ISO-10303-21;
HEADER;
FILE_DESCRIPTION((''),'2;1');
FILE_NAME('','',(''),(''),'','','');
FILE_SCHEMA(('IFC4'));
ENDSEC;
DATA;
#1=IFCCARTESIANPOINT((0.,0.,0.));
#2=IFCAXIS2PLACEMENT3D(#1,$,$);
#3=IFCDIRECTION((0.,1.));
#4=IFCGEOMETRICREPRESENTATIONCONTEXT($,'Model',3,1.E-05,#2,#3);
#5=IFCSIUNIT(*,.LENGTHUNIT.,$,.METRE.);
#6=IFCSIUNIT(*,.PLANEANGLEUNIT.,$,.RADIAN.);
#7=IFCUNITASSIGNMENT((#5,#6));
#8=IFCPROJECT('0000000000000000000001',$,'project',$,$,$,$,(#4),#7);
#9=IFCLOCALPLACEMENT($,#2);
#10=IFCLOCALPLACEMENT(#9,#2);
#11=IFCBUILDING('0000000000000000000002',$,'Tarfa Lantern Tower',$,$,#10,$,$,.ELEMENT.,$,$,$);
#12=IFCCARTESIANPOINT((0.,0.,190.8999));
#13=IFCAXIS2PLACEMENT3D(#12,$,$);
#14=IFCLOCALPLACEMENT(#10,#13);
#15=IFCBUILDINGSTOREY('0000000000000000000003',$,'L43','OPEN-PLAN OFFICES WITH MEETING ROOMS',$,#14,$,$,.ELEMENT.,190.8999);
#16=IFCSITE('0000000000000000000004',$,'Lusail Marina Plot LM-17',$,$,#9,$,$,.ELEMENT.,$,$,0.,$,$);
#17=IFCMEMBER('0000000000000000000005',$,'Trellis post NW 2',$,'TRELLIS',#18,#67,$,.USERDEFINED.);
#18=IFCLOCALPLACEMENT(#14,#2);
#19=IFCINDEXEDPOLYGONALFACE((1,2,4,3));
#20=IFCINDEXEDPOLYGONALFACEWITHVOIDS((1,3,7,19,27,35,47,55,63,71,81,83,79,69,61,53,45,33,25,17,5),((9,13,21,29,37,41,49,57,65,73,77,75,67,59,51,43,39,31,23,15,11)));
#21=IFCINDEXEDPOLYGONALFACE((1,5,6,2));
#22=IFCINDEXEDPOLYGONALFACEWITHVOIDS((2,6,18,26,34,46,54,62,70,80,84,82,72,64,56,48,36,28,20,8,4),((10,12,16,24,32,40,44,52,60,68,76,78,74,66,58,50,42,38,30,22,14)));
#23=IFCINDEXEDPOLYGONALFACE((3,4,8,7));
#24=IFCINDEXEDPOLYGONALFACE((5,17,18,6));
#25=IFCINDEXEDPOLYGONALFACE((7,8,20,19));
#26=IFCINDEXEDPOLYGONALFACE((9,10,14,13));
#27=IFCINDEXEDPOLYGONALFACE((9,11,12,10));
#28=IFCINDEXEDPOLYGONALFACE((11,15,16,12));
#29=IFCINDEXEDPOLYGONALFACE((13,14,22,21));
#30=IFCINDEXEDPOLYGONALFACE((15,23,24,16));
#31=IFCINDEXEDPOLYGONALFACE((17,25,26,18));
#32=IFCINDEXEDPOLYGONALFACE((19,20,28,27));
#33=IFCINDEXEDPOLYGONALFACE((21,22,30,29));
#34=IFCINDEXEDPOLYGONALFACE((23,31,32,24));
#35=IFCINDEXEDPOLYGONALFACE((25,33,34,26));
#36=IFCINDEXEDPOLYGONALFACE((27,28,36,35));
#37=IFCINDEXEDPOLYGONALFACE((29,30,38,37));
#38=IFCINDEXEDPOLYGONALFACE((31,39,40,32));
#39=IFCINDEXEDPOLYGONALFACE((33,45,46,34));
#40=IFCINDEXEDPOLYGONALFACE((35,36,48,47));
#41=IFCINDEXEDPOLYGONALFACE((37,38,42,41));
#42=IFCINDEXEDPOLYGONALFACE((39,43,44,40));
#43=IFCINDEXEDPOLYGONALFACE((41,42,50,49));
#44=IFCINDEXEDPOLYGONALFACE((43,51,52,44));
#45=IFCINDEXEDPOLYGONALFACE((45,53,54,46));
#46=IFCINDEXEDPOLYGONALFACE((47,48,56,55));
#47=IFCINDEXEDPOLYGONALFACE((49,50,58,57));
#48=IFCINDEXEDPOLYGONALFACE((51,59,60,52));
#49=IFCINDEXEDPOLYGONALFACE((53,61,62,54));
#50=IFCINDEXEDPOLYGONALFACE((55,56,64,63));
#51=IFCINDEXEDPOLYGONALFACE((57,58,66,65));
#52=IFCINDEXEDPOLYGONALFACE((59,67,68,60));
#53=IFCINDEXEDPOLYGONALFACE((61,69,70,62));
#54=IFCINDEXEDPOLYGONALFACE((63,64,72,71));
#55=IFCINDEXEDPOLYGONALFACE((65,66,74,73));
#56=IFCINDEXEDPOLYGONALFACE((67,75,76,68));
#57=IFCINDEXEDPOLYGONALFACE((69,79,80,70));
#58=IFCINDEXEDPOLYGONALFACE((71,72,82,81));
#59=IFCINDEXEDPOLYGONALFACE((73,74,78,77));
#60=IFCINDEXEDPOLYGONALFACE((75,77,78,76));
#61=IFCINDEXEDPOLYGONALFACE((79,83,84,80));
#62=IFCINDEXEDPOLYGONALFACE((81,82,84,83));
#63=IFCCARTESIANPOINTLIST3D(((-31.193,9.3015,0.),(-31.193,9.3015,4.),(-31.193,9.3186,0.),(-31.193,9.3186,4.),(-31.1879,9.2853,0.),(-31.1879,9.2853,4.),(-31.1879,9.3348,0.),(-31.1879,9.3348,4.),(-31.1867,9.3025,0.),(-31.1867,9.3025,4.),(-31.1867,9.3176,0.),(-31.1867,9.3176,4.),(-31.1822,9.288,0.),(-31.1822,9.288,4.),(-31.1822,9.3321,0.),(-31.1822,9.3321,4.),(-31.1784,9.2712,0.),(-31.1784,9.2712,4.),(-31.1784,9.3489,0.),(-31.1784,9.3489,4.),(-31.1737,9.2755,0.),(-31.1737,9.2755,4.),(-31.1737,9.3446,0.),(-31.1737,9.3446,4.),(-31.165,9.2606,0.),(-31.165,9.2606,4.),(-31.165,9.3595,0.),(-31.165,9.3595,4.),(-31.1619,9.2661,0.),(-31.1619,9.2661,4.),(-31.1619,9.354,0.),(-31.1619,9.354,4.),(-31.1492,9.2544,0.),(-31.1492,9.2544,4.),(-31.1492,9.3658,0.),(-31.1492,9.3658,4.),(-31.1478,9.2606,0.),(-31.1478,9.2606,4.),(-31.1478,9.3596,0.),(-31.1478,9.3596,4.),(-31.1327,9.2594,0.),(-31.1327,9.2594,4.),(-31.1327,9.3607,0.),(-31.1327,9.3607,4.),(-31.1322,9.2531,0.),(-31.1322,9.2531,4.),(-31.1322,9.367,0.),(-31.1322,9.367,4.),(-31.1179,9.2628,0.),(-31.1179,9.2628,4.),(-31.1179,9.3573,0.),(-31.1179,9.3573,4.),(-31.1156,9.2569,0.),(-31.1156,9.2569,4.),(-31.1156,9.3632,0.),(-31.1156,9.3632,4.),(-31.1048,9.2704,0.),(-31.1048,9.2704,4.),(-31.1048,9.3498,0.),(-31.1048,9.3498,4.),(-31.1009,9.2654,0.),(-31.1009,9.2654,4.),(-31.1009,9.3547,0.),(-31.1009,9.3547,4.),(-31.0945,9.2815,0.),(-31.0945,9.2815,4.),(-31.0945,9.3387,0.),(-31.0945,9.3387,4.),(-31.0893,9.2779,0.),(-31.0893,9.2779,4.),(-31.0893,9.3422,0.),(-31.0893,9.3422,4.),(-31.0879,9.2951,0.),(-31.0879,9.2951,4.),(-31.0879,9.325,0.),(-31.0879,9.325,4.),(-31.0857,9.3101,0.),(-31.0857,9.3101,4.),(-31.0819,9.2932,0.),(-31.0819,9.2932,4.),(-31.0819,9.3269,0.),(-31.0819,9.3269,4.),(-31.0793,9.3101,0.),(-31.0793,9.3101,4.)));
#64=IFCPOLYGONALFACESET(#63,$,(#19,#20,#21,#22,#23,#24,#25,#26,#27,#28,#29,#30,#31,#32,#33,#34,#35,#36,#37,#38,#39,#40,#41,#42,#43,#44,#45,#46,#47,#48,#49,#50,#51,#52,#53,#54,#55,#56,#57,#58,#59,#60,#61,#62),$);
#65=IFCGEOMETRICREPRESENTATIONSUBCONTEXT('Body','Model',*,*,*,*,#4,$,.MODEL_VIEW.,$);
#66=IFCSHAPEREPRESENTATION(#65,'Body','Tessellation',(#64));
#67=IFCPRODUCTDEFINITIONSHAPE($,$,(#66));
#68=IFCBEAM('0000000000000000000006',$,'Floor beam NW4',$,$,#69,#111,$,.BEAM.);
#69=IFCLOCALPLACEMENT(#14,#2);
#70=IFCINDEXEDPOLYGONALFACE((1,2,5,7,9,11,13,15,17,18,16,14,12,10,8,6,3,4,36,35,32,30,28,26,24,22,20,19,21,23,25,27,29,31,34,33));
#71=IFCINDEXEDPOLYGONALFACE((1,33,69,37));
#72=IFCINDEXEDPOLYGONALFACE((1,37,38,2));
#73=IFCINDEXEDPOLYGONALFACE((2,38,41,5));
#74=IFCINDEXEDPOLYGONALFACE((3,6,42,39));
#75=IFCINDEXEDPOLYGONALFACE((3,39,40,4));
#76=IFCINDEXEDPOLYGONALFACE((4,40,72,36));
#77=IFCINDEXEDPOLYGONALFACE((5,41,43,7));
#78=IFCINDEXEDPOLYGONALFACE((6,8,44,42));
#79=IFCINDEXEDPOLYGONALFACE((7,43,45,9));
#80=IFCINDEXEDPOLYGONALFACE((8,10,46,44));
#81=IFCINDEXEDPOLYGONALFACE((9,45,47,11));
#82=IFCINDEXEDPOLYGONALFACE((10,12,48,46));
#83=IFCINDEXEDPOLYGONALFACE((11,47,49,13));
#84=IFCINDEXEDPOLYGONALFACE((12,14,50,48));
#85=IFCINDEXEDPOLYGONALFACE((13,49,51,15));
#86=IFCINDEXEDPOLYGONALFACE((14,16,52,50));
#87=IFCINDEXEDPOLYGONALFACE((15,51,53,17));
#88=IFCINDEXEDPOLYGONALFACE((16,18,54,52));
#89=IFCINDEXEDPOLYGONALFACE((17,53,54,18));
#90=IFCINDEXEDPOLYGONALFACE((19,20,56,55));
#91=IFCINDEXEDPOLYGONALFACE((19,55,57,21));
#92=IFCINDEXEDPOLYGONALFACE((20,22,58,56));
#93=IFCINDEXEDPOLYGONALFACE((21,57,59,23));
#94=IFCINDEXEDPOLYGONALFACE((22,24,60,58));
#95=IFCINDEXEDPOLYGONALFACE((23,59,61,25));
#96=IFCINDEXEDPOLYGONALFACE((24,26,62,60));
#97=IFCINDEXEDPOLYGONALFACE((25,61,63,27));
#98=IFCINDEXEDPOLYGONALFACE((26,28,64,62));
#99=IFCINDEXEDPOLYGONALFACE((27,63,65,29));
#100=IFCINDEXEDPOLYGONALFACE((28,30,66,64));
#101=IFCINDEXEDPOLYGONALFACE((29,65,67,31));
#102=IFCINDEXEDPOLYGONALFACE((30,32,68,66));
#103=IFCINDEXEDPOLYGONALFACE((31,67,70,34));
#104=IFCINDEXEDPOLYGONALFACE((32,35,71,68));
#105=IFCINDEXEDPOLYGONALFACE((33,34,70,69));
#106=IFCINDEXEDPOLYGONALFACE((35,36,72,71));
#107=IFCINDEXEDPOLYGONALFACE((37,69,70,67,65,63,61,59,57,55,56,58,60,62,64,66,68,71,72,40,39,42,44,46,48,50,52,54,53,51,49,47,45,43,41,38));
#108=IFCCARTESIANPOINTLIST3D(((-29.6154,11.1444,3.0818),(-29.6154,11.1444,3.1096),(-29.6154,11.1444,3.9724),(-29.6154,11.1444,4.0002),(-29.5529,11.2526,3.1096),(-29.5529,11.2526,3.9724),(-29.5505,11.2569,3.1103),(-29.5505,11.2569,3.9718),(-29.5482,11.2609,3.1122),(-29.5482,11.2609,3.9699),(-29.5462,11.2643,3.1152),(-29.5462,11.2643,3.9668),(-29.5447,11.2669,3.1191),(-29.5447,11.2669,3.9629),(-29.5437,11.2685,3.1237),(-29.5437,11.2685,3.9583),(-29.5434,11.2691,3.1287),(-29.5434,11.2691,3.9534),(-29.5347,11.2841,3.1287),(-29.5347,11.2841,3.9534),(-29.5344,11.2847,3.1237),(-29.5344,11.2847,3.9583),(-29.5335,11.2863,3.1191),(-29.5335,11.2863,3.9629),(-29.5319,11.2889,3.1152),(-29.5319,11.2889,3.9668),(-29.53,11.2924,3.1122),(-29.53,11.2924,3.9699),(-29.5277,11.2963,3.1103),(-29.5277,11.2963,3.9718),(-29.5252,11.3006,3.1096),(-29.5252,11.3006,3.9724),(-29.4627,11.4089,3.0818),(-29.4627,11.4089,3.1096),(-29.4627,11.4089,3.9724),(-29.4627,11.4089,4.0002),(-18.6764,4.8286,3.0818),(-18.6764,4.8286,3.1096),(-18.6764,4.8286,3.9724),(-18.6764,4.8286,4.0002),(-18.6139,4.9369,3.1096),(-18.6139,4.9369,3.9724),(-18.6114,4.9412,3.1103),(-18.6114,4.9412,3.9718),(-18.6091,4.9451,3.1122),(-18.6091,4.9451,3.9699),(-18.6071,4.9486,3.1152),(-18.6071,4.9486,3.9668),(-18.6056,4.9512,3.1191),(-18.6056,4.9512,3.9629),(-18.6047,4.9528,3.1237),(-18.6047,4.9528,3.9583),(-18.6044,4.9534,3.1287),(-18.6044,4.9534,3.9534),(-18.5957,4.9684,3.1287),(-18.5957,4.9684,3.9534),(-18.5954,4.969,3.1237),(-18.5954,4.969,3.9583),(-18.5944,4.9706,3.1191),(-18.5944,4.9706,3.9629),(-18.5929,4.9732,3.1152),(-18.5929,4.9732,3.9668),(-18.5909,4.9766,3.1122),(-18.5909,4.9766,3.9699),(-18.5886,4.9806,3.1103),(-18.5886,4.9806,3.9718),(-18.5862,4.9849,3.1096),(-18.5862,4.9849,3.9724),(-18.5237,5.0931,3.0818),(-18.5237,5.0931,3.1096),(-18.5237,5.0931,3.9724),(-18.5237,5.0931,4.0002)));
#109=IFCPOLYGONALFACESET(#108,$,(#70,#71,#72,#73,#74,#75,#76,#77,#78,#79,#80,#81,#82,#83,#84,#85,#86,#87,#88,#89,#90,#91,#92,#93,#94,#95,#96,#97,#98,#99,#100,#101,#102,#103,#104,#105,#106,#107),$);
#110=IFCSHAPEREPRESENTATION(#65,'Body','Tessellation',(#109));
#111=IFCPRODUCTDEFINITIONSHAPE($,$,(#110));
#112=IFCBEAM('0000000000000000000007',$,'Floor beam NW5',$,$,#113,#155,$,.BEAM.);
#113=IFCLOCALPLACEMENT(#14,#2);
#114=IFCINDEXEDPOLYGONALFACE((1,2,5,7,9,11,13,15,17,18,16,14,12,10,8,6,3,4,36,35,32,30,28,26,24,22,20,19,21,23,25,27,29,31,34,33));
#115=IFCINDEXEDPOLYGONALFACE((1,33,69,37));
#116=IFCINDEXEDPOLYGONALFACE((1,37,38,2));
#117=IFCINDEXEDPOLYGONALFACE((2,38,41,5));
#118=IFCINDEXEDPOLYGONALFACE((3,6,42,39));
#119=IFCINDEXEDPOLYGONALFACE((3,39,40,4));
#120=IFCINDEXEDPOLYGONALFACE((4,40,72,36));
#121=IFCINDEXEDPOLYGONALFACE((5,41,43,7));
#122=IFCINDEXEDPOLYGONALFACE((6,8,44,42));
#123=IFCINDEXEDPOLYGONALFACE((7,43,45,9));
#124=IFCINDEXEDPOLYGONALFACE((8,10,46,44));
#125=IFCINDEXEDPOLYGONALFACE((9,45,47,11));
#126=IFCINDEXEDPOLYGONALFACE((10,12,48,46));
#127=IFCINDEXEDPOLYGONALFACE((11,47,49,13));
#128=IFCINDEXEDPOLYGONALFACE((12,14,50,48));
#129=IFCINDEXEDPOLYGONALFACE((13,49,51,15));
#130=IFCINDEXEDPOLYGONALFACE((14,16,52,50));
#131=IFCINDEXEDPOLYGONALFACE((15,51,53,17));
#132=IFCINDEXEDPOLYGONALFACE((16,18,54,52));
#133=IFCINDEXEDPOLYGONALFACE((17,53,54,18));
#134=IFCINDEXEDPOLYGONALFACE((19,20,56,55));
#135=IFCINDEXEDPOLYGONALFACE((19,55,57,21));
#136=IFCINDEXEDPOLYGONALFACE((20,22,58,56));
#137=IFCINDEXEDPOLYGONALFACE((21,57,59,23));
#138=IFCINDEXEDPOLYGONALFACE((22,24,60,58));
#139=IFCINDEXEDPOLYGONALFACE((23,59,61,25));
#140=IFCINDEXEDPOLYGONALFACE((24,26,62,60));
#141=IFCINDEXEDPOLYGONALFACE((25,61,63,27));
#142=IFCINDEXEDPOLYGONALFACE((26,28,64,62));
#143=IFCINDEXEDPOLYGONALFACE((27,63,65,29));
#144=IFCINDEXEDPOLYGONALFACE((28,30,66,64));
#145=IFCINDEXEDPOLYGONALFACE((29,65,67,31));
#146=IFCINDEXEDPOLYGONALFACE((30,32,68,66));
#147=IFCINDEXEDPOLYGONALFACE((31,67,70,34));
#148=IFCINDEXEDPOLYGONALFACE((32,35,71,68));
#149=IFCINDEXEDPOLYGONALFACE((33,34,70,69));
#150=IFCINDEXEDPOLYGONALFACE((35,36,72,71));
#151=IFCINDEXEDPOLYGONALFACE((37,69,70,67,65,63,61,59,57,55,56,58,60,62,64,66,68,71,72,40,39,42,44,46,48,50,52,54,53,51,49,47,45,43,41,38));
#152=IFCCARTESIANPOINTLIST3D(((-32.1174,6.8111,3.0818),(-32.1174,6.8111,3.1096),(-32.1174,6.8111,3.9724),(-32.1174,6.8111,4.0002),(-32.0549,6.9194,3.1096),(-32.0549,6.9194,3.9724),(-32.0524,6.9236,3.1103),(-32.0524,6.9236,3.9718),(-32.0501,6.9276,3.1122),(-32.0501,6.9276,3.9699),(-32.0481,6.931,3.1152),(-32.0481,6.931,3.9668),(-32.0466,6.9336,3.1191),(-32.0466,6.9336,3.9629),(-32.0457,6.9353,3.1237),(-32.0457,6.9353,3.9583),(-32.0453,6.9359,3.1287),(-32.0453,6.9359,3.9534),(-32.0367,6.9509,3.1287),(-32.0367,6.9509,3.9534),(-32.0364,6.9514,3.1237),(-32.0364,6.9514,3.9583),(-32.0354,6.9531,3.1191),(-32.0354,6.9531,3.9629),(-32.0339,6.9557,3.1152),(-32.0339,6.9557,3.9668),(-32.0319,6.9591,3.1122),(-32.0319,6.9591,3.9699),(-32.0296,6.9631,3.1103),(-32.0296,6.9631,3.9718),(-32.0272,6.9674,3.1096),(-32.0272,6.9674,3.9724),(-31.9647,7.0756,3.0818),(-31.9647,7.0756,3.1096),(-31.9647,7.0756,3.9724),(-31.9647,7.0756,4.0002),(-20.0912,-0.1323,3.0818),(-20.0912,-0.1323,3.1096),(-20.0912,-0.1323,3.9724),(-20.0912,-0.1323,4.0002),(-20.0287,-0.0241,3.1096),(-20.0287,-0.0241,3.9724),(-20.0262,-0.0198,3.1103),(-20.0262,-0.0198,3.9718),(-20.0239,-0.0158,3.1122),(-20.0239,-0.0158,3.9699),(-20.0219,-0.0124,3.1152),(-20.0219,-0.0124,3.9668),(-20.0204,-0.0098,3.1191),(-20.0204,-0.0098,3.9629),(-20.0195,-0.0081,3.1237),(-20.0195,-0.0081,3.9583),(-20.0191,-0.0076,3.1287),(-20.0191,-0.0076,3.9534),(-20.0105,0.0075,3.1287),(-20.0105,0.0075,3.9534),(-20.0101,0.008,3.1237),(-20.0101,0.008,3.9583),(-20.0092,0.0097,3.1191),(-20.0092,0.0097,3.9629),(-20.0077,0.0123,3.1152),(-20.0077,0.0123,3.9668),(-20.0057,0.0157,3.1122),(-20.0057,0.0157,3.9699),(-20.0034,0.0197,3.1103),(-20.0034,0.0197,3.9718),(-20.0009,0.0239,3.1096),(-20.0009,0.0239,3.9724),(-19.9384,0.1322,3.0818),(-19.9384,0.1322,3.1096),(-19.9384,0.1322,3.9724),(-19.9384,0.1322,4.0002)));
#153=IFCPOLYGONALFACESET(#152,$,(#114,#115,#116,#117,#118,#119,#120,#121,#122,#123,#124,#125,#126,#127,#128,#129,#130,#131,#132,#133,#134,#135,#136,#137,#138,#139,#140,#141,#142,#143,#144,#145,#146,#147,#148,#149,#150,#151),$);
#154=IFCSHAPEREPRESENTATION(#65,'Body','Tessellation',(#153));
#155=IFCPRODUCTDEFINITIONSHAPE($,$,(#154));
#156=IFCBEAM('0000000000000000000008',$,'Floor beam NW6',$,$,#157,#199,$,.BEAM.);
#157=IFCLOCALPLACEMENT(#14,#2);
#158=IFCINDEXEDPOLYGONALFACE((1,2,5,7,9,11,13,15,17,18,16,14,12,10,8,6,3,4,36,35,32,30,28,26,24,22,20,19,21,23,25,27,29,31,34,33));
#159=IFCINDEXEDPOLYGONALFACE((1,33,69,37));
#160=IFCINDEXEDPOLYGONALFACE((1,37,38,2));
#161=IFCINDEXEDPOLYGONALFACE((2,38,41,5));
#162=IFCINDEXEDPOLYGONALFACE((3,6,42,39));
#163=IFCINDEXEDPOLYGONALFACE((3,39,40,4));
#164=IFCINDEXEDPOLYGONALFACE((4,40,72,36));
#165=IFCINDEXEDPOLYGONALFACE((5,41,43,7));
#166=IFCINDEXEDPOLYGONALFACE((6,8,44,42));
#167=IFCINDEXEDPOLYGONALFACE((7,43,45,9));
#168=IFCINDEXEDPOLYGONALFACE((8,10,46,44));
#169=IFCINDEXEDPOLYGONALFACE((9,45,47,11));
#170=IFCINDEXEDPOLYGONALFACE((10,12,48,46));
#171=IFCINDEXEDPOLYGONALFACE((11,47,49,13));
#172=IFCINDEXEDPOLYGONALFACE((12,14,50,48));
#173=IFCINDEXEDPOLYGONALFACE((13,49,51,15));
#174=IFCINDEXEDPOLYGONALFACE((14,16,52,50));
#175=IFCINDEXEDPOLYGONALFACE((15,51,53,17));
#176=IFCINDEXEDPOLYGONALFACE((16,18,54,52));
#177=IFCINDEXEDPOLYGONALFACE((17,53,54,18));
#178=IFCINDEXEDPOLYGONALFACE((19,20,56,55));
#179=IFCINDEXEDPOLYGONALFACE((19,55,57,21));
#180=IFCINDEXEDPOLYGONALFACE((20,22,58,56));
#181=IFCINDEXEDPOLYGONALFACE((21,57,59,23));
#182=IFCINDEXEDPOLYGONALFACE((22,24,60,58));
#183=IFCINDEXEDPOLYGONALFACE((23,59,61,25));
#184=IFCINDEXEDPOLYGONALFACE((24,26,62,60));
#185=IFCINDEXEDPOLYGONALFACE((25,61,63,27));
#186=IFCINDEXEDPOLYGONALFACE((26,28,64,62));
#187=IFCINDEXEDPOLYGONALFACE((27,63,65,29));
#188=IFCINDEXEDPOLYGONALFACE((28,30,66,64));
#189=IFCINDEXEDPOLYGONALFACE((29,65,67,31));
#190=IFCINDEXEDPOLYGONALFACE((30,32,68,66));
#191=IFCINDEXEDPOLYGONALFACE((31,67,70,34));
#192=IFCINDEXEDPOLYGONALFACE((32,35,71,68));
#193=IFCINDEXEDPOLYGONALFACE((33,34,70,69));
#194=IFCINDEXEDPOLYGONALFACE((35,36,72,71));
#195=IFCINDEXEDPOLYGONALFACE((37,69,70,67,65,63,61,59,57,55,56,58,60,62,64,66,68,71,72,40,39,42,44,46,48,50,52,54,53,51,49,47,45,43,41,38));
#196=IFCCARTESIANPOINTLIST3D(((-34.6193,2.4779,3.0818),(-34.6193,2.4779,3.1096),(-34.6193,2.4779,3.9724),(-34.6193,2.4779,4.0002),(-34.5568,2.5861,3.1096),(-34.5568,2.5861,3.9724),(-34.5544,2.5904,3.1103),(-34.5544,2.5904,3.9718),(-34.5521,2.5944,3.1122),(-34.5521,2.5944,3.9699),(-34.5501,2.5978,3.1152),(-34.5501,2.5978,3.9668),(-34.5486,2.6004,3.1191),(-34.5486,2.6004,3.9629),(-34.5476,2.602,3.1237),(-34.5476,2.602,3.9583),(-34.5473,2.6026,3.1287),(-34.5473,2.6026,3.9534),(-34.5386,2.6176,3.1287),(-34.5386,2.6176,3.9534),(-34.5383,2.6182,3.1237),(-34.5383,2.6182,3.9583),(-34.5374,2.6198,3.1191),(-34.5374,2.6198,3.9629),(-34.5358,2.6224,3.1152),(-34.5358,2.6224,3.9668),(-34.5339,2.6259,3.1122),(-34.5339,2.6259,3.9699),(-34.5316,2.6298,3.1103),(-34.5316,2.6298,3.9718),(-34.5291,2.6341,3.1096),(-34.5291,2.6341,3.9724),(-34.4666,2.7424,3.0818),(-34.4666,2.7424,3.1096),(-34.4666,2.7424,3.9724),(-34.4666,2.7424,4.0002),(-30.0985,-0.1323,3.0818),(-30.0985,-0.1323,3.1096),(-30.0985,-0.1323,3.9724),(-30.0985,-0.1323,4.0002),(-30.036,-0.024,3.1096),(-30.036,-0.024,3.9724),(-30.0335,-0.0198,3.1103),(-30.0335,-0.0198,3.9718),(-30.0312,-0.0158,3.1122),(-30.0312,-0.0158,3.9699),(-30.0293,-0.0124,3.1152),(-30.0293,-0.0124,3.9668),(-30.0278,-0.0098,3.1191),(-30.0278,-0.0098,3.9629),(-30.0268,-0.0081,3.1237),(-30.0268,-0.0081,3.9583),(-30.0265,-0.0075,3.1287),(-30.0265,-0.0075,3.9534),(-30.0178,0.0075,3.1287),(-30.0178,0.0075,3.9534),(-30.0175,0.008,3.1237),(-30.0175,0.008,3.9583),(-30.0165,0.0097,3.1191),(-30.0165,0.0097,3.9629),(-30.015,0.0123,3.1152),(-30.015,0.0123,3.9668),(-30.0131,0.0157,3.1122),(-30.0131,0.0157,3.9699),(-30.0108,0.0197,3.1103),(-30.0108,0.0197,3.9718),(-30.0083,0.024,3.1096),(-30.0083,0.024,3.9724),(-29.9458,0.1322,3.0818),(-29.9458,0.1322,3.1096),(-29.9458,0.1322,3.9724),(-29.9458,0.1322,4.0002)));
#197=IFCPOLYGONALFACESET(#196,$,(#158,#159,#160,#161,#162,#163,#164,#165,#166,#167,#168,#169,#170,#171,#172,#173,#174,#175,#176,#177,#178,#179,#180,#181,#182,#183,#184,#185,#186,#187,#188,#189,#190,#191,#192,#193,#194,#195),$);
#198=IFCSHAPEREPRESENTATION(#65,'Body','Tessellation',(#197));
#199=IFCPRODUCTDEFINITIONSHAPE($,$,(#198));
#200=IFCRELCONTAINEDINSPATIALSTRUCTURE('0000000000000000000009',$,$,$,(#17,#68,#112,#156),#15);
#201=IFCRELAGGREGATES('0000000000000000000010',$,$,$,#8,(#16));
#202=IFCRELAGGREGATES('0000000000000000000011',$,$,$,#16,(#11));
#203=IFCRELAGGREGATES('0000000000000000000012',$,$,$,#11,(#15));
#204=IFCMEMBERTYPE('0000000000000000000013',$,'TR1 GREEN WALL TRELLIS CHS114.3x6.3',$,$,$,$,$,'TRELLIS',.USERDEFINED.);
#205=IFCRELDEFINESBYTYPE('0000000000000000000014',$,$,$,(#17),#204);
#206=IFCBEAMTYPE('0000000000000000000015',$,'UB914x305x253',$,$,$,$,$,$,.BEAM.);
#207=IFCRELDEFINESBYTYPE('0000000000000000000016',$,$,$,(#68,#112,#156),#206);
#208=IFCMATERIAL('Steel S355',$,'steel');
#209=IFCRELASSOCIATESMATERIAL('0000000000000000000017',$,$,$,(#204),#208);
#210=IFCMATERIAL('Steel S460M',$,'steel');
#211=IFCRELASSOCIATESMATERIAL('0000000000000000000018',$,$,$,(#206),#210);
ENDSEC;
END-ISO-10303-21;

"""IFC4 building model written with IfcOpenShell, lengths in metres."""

from ifc_helpers import new_model, si_unit, direction, frame, origin, origin_2d, place, context, subcontext, project, spatial, hollow_circle, i_section, extrude, material, material_profile, profile_set, type_object, element, save


model = new_model("IFC4")

# Units and contexts
model_context = context("Model", 3, precision=1e-05, world=origin(), true_north=direction((0.0, 1.0)))
body_context = subcontext(model_context, "Body", "Model", "MODEL_VIEW")
ifc_project = project(units=[si_unit("LENGTHUNIT", "METRE"), si_unit("PLANEANGLEUNIT", "RADIAN")], contexts=[model_context])

# Site, building, storey
site_placement = place(None, origin())
site = spatial("IfcSite", under=ifc_project, at=site_placement, Name="Lusail Marina Plot LM-17", CompositionType="ELEMENT", RefElevation=0.0)
building_placement = place(site_placement, origin())
building = spatial("IfcBuilding", under=site, at=building_placement, Name="Tarfa Lantern Tower", CompositionType="ELEMENT")
storey_placement = place(building_placement, frame((0.0, 0.0, 190.8999)))
storey = spatial("IfcBuildingStorey", under=building, at=storey_placement, Name="L43", Description="OPEN-PLAN OFFICES WITH MEETING ROOMS", CompositionType="ELEMENT", Elevation=190.8999)

# Member
ifc_material_1 = material(Name="Steel S355", Category="steel")
ifc_material_profile_1 = material_profile(ifc_material_1, hollow_circle(Radius=0.0571, WallThickness=0.0063, at=origin_2d()), Name="CHS114.3x6.3")
ifc_profile_set_1 = profile_set([ifc_material_profile_1], Name="Steel S355")
member_type_1 = type_object("IfcMemberType", Name="TR1 GREEN WALL TRELLIS CHS114.3x6.3", ElementType="TRELLIS", PredefinedType="USERDEFINED", material=ifc_profile_set_1)
member_1_placement = place(storey_placement, frame((-31.1365, 9.3101, 0.0), z_axis=(0.0, 0.0, 1.0), x_axis=(1.0, 0.0, 0.0)))
element("IfcMember", 1, at=member_1_placement, inside=storey, type_object=member_type_1, Name="Trellis post NW 2", ObjectType="TRELLIS", PredefinedType="USERDEFINED", context=body_context, shape_type="SweptSolid", body=[
    extrude(hollow_circle(Radius=0.0571, WallThickness=0.0063, at=origin_2d()), origin(), (0.0, 0.0, 1.0), 4.0),
])

# Beams
ifc_material_2 = material(Name="Steel S460M", Category="steel")
ifc_material_profile_2 = material_profile(ifc_material_2, i_section(OverallWidth=0.3054, OverallDepth=0.9185, WebThickness=0.0173, FlangeThickness=0.0278, FilletRadius=0.019, at=origin_2d()), Name="UB914x305x253")
ifc_profile_set_2 = profile_set([ifc_material_profile_2], Name="Steel S460M")
beam_type_1 = type_object("IfcBeamType", Name="UB914x305x253", PredefinedType="BEAM", material=ifc_profile_set_2)
beam_1_placement = place(storey_placement, frame((-29.5391, 11.2766, 3.541), z_axis=(0.866023, -0.500004, 0.0), x_axis=(0.500004, 0.866023, 0.0)))
element("IfcBeam", 2, at=beam_1_placement, inside=storey, type_object=beam_type_1, Name="Floor beam NW4", PredefinedType="BEAM", context=body_context, shape_type="SweptSolid", body=[
    extrude(i_section(OverallWidth=0.3054, OverallDepth=0.9185, WebThickness=0.0173, FlangeThickness=0.0278, FilletRadius=0.019, at=origin_2d()), origin(), (0.0, 0.0, 1.0), 12.6313),
])
beam_2_placement = place(storey_placement, frame((-32.041, 6.9434, 3.541), z_axis=(0.866023, -0.500004, 0.0), x_axis=(0.500004, 0.866023, 0.0)))
element("IfcBeam", 3, at=beam_2_placement, inside=storey, type_object=beam_type_1, Name="Floor beam NW5", PredefinedType="BEAM", context=body_context, shape_type="SweptSolid", body=[
    extrude(i_section(OverallWidth=0.3054, OverallDepth=0.9185, WebThickness=0.0173, FlangeThickness=0.0278, FilletRadius=0.019, at=origin_2d()), origin(), (0.0, 0.0, 1.0), 13.8867),
])
beam_3_placement = place(storey_placement, frame((-34.543, 2.6101, 3.541), z_axis=(0.866021, -0.500007, 0.0), x_axis=(0.500007, 0.866021, 0.0)))
element("IfcBeam", 4, at=beam_3_placement, inside=storey, type_object=beam_type_1, Name="Floor beam NW6", PredefinedType="BEAM", context=body_context, shape_type="SweptSolid", body=[
    extrude(i_section(OverallWidth=0.3054, OverallDepth=0.9185, WebThickness=0.0173, FlangeThickness=0.0278, FilletRadius=0.019, at=origin_2d()), origin(), (0.0, 0.0, 1.0), 5.2202),
])

save(model, "model.ifc")
